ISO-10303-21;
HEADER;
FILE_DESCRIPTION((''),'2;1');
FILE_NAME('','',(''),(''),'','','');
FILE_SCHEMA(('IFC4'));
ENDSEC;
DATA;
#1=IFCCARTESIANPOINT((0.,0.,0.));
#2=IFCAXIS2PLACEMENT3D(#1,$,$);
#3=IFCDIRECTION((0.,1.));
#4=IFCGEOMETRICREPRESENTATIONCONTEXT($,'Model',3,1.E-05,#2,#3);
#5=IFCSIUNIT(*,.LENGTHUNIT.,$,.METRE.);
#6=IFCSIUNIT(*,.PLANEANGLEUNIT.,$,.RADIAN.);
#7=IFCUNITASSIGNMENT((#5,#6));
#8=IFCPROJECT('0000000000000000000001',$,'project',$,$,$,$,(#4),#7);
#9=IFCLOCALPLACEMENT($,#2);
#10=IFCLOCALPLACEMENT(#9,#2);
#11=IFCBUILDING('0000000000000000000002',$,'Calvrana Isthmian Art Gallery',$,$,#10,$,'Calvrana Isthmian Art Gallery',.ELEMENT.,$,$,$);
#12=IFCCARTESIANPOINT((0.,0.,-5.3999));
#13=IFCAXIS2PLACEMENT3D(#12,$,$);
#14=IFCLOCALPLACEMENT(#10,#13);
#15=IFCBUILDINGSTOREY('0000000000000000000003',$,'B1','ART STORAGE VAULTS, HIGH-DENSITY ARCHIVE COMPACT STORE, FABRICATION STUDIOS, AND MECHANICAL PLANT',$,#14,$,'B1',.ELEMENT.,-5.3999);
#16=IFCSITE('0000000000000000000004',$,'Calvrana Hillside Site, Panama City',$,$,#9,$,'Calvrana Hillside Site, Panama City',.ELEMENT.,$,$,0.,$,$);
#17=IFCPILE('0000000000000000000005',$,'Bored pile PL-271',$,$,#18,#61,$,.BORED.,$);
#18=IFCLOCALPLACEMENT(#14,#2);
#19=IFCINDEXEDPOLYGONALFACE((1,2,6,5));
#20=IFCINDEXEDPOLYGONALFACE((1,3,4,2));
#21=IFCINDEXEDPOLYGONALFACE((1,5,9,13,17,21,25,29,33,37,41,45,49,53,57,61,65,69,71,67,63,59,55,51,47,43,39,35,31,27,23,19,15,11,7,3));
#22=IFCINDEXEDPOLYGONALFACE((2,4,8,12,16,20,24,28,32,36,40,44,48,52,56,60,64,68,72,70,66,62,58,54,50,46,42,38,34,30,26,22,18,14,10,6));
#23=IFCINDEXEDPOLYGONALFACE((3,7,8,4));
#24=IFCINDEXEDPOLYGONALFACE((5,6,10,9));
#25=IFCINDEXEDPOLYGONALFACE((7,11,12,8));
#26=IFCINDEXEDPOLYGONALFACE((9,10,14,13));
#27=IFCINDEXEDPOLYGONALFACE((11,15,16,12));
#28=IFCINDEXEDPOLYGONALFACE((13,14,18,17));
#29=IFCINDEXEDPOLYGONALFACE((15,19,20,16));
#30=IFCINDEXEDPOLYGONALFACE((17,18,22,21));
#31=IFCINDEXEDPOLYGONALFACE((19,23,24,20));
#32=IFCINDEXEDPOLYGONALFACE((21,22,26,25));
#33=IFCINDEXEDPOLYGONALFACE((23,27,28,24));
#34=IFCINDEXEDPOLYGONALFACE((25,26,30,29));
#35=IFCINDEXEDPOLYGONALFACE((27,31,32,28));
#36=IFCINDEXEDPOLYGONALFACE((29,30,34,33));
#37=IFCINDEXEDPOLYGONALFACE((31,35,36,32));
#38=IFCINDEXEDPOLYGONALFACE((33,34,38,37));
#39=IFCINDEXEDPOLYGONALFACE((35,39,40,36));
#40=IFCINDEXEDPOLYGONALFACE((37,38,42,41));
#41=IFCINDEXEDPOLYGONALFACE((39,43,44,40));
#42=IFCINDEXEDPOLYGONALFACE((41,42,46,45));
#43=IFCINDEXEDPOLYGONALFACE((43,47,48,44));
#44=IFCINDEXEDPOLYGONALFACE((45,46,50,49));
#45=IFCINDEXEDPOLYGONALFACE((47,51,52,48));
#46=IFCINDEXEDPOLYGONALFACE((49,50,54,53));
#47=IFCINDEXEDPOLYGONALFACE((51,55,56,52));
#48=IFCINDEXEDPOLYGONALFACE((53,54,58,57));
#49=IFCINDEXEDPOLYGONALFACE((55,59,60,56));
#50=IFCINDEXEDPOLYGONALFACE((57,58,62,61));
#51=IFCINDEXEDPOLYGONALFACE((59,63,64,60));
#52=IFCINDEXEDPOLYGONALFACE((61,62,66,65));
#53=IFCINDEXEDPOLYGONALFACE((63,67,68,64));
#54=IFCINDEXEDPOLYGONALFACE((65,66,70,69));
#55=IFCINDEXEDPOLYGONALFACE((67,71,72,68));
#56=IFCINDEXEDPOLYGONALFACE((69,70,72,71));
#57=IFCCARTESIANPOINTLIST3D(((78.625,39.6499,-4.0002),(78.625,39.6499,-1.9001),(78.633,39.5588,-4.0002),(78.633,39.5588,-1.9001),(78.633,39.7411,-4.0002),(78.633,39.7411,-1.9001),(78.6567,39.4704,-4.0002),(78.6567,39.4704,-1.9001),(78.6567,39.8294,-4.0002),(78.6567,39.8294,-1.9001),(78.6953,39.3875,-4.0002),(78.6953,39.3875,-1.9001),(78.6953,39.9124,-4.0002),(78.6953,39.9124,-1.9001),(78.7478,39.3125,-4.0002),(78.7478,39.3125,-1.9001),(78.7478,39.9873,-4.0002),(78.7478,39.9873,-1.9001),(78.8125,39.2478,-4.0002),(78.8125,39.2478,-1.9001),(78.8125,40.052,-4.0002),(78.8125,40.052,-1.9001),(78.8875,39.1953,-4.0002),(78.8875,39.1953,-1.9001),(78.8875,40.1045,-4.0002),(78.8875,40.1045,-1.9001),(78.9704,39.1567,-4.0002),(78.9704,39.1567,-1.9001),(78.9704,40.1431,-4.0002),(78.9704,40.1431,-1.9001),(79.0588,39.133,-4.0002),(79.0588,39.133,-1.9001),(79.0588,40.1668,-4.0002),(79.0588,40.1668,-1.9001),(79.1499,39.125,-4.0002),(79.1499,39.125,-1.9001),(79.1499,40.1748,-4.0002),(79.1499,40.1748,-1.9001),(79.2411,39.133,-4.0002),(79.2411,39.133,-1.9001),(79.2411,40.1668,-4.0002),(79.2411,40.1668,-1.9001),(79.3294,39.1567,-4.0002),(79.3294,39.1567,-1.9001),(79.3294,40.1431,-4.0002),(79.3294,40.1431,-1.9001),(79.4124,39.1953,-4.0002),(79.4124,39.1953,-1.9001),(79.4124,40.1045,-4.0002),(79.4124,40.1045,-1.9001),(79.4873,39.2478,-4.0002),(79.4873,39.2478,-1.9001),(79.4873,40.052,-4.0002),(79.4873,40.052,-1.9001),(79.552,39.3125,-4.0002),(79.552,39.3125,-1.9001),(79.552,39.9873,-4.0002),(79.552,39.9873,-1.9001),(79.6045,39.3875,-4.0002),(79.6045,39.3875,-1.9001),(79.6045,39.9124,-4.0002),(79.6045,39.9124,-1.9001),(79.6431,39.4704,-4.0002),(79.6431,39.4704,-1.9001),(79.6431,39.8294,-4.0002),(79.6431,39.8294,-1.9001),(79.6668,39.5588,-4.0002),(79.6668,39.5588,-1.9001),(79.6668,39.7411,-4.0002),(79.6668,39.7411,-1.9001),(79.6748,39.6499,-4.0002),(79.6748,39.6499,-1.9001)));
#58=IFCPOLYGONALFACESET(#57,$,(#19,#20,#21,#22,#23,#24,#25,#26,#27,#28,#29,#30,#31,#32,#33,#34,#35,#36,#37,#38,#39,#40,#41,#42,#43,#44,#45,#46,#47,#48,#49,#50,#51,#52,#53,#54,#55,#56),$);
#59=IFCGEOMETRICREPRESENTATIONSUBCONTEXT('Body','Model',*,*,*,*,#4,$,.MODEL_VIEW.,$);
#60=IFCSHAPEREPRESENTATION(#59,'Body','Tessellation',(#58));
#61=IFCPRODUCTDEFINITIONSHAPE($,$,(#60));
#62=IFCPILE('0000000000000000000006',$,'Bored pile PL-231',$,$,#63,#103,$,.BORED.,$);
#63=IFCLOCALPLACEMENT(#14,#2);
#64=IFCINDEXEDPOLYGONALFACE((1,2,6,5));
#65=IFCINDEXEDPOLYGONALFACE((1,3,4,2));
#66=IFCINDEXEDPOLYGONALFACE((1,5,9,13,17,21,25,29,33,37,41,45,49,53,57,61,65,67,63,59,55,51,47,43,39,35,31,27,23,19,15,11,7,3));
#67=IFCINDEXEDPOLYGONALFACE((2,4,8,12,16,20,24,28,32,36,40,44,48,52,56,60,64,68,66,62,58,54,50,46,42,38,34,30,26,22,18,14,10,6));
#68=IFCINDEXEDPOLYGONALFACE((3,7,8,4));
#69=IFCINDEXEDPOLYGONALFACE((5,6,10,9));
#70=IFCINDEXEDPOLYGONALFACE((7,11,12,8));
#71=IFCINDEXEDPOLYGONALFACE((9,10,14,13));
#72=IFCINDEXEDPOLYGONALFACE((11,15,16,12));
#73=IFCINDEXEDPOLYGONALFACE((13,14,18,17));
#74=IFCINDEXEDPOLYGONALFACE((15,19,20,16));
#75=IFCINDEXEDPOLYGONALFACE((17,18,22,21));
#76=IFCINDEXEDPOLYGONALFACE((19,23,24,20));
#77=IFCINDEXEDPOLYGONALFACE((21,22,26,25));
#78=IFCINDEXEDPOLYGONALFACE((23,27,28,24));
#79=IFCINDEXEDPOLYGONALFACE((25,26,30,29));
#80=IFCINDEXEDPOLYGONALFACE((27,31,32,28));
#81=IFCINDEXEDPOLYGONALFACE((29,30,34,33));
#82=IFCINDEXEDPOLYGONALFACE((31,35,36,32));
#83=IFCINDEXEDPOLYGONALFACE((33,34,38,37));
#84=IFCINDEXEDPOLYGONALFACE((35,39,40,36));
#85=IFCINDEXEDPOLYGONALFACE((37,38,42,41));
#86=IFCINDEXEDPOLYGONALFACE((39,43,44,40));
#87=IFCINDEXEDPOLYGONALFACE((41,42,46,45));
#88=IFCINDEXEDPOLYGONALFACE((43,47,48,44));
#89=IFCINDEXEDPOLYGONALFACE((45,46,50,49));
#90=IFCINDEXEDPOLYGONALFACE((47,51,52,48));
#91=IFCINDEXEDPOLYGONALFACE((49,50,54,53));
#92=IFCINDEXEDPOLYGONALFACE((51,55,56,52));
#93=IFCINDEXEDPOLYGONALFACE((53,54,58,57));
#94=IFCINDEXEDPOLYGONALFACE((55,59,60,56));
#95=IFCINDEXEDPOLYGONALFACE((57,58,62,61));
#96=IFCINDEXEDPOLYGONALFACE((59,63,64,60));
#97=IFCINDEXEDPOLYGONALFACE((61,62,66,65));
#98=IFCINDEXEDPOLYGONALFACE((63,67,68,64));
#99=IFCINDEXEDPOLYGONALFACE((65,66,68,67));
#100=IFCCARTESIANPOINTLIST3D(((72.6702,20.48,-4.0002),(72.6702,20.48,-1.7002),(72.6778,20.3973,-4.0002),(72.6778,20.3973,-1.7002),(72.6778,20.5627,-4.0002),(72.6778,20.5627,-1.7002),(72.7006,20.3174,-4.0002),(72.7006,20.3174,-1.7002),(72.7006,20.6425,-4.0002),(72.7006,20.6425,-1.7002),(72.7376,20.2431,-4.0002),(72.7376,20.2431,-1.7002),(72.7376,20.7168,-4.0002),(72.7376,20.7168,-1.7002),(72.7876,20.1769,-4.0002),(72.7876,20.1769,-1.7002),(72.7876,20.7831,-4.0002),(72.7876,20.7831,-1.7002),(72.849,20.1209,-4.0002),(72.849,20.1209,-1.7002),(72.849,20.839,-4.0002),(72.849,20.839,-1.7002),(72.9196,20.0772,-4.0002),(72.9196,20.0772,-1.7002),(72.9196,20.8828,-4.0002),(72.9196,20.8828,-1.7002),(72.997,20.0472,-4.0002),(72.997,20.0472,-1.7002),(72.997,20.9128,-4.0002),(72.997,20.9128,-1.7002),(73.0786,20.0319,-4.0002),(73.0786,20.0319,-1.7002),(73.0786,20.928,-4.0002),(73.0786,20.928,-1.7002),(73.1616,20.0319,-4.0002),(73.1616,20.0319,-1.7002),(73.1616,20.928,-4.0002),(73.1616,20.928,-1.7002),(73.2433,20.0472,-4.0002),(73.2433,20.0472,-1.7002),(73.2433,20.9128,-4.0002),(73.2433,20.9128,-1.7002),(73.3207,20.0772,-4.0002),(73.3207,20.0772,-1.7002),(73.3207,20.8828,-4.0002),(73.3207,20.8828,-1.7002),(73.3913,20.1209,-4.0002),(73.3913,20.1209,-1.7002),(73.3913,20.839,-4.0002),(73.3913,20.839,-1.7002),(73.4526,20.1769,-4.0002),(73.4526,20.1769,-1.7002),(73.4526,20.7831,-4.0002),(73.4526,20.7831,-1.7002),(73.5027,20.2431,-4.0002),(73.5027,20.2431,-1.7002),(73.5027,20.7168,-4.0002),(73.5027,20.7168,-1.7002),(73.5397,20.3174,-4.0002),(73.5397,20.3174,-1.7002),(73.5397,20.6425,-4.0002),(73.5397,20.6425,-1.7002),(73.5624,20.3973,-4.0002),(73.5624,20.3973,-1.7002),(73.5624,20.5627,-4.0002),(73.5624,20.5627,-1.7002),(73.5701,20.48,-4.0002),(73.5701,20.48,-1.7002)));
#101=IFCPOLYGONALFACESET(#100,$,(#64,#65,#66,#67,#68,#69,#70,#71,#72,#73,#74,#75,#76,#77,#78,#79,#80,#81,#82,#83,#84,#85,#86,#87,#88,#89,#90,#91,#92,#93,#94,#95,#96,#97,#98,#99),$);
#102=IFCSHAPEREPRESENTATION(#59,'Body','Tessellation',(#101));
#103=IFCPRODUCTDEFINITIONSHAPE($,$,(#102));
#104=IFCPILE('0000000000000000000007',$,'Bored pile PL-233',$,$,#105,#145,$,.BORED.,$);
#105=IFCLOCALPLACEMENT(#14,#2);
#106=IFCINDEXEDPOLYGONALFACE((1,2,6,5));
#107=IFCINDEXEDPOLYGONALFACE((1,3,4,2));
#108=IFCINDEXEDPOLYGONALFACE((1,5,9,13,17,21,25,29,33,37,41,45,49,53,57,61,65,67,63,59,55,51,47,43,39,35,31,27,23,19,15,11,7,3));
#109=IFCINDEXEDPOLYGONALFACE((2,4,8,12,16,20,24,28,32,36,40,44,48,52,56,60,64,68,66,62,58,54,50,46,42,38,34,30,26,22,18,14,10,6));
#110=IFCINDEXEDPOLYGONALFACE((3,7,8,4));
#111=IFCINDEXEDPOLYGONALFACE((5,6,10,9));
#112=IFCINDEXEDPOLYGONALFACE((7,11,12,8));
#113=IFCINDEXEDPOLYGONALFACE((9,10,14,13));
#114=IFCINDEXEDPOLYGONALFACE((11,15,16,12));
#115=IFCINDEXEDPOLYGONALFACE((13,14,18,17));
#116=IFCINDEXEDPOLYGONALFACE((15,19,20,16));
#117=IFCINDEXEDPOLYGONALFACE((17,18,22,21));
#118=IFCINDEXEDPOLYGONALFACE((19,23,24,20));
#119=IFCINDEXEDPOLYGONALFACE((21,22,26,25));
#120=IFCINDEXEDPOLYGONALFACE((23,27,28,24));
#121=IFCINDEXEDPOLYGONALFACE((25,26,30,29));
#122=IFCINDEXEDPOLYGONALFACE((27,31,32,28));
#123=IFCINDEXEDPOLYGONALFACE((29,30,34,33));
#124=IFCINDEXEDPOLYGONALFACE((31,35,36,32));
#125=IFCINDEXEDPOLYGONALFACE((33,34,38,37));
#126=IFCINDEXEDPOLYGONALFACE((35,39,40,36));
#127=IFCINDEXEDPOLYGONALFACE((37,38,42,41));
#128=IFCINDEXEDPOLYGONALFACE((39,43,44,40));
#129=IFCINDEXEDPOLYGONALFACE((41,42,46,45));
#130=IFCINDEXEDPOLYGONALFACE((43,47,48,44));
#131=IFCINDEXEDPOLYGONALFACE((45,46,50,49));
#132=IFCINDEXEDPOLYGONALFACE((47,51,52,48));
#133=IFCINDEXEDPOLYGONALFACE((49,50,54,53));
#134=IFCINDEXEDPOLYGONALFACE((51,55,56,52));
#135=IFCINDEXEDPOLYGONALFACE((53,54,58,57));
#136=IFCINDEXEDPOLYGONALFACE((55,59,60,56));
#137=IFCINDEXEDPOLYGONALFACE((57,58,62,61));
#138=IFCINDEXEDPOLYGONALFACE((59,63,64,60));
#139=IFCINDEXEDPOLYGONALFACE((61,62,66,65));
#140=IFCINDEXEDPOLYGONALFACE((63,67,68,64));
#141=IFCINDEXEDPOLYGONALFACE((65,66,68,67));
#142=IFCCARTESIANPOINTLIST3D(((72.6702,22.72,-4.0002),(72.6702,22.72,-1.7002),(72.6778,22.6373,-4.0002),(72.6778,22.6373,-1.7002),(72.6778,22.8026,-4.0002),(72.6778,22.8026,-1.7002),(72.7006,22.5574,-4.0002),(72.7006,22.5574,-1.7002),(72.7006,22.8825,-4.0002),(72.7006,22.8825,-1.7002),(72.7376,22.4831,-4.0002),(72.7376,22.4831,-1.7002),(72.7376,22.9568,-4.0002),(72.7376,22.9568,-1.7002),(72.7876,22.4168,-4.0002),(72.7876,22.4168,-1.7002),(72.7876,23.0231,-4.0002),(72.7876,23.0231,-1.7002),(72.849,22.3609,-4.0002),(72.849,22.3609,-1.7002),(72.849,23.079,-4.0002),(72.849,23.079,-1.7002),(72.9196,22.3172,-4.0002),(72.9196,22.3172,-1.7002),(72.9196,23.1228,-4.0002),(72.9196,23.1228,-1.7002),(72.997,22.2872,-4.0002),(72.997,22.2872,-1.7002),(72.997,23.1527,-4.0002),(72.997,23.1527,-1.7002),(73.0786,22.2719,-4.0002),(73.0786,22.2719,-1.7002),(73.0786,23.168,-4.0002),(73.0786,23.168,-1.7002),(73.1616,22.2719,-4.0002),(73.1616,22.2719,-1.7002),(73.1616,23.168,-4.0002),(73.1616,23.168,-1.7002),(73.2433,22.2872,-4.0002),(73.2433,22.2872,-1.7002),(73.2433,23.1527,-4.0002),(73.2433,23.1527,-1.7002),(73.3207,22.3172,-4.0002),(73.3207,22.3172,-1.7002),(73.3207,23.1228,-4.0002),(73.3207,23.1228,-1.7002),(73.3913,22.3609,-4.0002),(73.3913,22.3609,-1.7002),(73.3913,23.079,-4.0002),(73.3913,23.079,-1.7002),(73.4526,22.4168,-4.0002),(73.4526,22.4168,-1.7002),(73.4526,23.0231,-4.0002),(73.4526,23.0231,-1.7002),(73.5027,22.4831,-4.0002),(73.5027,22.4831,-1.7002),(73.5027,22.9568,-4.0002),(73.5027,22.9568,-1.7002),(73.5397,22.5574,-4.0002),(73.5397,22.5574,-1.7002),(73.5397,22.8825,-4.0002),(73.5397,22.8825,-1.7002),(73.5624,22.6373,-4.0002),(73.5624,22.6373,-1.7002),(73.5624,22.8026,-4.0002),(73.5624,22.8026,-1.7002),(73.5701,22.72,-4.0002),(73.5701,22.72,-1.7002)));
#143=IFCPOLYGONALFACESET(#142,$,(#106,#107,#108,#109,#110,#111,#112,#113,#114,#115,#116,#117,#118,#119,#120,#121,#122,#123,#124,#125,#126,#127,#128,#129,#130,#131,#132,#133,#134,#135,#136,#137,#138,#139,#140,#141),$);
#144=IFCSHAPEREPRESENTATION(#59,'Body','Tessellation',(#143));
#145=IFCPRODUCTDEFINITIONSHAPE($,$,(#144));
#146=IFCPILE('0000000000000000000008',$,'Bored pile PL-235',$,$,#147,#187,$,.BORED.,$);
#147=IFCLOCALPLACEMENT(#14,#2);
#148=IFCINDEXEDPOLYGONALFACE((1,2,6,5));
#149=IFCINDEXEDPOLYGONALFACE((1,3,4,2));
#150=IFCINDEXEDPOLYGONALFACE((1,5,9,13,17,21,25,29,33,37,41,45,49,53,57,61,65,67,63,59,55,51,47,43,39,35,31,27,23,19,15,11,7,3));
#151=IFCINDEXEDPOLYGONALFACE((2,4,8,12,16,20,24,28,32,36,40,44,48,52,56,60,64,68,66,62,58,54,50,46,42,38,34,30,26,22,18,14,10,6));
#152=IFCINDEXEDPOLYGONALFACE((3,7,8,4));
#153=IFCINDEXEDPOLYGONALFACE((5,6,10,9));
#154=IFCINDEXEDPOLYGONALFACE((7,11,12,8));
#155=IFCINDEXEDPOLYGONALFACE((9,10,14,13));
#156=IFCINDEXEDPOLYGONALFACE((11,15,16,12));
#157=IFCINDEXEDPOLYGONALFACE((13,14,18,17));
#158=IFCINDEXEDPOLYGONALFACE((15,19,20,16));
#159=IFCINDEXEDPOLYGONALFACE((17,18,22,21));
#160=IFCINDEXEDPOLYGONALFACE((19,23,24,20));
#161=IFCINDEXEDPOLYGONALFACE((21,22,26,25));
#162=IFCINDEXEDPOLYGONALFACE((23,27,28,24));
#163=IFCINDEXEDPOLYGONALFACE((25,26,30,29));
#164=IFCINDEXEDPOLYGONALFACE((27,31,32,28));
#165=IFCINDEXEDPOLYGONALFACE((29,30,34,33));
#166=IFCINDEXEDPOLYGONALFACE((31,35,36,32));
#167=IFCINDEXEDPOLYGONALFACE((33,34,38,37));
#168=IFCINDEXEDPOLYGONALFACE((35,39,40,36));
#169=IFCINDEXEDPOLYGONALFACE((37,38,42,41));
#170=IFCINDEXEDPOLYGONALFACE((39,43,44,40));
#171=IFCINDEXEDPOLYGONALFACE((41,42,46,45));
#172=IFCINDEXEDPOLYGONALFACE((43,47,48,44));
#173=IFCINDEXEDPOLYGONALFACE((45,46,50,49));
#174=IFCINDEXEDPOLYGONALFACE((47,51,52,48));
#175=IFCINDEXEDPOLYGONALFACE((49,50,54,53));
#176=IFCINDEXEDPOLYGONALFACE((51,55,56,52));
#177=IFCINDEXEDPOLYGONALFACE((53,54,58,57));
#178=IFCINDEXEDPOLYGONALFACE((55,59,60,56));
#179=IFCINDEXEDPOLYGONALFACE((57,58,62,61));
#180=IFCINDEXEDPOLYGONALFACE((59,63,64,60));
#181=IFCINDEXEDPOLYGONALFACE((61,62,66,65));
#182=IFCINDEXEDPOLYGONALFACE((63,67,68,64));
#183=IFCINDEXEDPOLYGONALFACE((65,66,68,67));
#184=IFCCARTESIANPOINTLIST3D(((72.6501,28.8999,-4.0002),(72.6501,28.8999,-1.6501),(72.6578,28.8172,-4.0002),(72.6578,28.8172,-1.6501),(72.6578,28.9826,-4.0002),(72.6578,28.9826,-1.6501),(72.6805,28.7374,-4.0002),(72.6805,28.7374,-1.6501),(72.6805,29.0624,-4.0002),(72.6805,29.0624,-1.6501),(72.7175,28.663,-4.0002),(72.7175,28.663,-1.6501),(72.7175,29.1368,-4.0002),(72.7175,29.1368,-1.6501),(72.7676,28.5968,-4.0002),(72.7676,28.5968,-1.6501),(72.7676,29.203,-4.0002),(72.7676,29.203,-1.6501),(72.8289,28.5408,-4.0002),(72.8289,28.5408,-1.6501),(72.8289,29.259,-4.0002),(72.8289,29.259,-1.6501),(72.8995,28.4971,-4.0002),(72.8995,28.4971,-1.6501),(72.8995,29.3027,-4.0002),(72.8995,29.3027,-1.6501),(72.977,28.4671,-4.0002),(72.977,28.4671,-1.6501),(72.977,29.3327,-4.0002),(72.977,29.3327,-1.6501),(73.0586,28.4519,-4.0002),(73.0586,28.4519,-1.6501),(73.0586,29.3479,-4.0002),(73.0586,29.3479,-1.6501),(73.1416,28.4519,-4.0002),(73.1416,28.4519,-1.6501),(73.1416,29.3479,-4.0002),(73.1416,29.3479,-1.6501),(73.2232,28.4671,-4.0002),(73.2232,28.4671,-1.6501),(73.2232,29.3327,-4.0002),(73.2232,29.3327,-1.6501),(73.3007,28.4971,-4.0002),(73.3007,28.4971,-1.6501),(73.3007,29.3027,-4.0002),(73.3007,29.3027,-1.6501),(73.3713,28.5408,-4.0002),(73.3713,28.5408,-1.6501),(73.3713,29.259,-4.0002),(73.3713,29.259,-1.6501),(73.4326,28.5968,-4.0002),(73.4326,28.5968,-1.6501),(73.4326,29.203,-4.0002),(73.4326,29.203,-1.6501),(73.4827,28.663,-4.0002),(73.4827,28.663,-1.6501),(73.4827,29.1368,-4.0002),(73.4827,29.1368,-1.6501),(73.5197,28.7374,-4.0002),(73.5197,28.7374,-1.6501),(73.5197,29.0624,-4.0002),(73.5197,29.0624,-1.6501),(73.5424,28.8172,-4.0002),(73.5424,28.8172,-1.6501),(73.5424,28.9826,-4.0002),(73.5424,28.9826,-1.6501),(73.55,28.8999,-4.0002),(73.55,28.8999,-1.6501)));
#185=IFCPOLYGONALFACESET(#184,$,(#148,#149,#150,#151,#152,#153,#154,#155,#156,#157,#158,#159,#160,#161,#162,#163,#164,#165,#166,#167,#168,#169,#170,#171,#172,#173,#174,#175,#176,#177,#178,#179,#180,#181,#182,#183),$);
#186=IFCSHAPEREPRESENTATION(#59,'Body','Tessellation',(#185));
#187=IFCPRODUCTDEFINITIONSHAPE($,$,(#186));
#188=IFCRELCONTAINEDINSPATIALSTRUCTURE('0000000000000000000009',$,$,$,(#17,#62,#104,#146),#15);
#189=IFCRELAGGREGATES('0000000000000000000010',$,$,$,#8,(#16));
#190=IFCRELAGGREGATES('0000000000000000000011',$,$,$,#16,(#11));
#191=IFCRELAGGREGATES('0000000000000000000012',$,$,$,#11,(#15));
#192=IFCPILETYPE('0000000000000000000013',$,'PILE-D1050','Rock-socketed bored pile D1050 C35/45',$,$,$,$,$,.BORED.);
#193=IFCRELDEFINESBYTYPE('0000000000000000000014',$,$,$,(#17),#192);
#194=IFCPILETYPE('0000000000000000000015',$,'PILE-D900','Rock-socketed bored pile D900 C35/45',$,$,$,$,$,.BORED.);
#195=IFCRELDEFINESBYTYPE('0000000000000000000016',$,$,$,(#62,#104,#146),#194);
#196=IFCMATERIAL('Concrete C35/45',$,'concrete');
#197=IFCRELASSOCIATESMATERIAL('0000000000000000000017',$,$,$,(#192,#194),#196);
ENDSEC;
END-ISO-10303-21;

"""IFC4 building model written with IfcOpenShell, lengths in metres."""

from ifc_helpers import new_model, si_unit, direction, frame, origin, origin_2d, place, context, subcontext, project, spatial, circle, extrude, material, material_profile, profile_set, type_object, element, save


model = new_model("IFC4")

# Units and contexts
model_context = context("Model", 3, precision=1e-05, world=origin(), true_north=direction((0.0, 1.0)))
body_context = subcontext(model_context, "Body", "Model", "MODEL_VIEW")
ifc_project = project(units=[si_unit("LENGTHUNIT", "METRE"), si_unit("PLANEANGLEUNIT", "RADIAN")], contexts=[model_context])

# Site, building, storey
site_placement = place(None, origin())
site = spatial("IfcSite", under=ifc_project, at=site_placement, Name="Calvrana Hillside Site, Panama City", LongName="Calvrana Hillside Site, Panama City", CompositionType="ELEMENT", RefElevation=0.0)
building_placement = place(site_placement, origin())
building = spatial("IfcBuilding", under=site, at=building_placement, Name="Calvrana Isthmian Art Gallery", LongName="Calvrana Isthmian Art Gallery", CompositionType="ELEMENT")
storey_placement = place(building_placement, frame((0.0, 0.0, -5.3999)))
storey = spatial("IfcBuildingStorey", under=building, at=storey_placement, Name="B1", Description="ART STORAGE VAULTS, HIGH-DENSITY ARCHIVE COMPACT STORE, FABRICATION STUDIOS, AND MECHANICAL PLANT", LongName="B1", CompositionType="ELEMENT", Elevation=-5.3999)

# Shared definitions
ifc_material_1 = material(Name="Concrete C35/45", Category="concrete")

# Piles
ifc_material_profile_1 = material_profile(ifc_material_1, circle(Radius=0.5249, at=origin_2d()), Name="PILE1050D")
ifc_profile_set_1 = profile_set([ifc_material_profile_1], Name="Concrete C35/45")
pile_type_1 = type_object("IfcPileType", Name="PILE-D1050", Description="Rock-socketed bored pile D1050 C35/45", PredefinedType="BORED", material=ifc_profile_set_1)
for number, where, z_axis, x_axis, name in (
    (1, (79.1499, 39.6499, -1.9001), (0.0, 0.0, -1.0), (1.0, 0.0, 0.0), "Bored pile PL-271"),
):
    element("IfcPile", number, at=place(storey_placement, frame(where, z_axis=z_axis, x_axis=x_axis)), inside=storey, type_object=pile_type_1, Name=name, PredefinedType="BORED", context=body_context, shape_type="SweptSolid", body=[
        extrude(circle(Radius=0.5249, at=origin_2d()), origin(), (0.0, 0.0, 1.0), 2.1001),
    ])
ifc_material_profile_2 = material_profile(ifc_material_1, circle(Radius=0.45, at=origin_2d()), Name="PILE900D")
ifc_profile_set_2 = profile_set([ifc_material_profile_2], Name="Concrete C35/45")
pile_type_2 = type_object("IfcPileType", Name="PILE-D900", Description="Rock-socketed bored pile D900 C35/45", PredefinedType="BORED", material=ifc_profile_set_2)
for number, where, z_axis, x_axis, name in (
    (2, (73.1201, 20.48, -1.7002), (0.0, 0.0, -1.0), (1.0, 0.0, 0.0), "Bored pile PL-231"),
    (3, (73.1201, 22.72, -1.7002), (0.0, 0.0, -1.0), (1.0, 0.0, 0.0), "Bored pile PL-233"),
):
    element("IfcPile", number, at=place(storey_placement, frame(where, z_axis=z_axis, x_axis=x_axis)), inside=storey, type_object=pile_type_2, Name=name, PredefinedType="BORED", context=body_context, shape_type="SweptSolid", body=[
        extrude(circle(Radius=0.45, at=origin_2d()), origin(), (0.0, 0.0, 1.0), 2.3),
    ])
for number, where, z_axis, x_axis, name in (
    (4, (73.1001, 28.8999, -1.6501), (0.0, 0.0, -1.0), (1.0, 0.0, 0.0), "Bored pile PL-235"),
):
    element("IfcPile", number, at=place(storey_placement, frame(where, z_axis=z_axis, x_axis=x_axis)), inside=storey, type_object=pile_type_2, Name=name, PredefinedType="BORED", context=body_context, shape_type="SweptSolid", body=[
        extrude(circle(Radius=0.45, at=origin_2d()), origin(), (0.0, 0.0, 1.0), 2.3501),
    ])

save(model, "model.ifc")
